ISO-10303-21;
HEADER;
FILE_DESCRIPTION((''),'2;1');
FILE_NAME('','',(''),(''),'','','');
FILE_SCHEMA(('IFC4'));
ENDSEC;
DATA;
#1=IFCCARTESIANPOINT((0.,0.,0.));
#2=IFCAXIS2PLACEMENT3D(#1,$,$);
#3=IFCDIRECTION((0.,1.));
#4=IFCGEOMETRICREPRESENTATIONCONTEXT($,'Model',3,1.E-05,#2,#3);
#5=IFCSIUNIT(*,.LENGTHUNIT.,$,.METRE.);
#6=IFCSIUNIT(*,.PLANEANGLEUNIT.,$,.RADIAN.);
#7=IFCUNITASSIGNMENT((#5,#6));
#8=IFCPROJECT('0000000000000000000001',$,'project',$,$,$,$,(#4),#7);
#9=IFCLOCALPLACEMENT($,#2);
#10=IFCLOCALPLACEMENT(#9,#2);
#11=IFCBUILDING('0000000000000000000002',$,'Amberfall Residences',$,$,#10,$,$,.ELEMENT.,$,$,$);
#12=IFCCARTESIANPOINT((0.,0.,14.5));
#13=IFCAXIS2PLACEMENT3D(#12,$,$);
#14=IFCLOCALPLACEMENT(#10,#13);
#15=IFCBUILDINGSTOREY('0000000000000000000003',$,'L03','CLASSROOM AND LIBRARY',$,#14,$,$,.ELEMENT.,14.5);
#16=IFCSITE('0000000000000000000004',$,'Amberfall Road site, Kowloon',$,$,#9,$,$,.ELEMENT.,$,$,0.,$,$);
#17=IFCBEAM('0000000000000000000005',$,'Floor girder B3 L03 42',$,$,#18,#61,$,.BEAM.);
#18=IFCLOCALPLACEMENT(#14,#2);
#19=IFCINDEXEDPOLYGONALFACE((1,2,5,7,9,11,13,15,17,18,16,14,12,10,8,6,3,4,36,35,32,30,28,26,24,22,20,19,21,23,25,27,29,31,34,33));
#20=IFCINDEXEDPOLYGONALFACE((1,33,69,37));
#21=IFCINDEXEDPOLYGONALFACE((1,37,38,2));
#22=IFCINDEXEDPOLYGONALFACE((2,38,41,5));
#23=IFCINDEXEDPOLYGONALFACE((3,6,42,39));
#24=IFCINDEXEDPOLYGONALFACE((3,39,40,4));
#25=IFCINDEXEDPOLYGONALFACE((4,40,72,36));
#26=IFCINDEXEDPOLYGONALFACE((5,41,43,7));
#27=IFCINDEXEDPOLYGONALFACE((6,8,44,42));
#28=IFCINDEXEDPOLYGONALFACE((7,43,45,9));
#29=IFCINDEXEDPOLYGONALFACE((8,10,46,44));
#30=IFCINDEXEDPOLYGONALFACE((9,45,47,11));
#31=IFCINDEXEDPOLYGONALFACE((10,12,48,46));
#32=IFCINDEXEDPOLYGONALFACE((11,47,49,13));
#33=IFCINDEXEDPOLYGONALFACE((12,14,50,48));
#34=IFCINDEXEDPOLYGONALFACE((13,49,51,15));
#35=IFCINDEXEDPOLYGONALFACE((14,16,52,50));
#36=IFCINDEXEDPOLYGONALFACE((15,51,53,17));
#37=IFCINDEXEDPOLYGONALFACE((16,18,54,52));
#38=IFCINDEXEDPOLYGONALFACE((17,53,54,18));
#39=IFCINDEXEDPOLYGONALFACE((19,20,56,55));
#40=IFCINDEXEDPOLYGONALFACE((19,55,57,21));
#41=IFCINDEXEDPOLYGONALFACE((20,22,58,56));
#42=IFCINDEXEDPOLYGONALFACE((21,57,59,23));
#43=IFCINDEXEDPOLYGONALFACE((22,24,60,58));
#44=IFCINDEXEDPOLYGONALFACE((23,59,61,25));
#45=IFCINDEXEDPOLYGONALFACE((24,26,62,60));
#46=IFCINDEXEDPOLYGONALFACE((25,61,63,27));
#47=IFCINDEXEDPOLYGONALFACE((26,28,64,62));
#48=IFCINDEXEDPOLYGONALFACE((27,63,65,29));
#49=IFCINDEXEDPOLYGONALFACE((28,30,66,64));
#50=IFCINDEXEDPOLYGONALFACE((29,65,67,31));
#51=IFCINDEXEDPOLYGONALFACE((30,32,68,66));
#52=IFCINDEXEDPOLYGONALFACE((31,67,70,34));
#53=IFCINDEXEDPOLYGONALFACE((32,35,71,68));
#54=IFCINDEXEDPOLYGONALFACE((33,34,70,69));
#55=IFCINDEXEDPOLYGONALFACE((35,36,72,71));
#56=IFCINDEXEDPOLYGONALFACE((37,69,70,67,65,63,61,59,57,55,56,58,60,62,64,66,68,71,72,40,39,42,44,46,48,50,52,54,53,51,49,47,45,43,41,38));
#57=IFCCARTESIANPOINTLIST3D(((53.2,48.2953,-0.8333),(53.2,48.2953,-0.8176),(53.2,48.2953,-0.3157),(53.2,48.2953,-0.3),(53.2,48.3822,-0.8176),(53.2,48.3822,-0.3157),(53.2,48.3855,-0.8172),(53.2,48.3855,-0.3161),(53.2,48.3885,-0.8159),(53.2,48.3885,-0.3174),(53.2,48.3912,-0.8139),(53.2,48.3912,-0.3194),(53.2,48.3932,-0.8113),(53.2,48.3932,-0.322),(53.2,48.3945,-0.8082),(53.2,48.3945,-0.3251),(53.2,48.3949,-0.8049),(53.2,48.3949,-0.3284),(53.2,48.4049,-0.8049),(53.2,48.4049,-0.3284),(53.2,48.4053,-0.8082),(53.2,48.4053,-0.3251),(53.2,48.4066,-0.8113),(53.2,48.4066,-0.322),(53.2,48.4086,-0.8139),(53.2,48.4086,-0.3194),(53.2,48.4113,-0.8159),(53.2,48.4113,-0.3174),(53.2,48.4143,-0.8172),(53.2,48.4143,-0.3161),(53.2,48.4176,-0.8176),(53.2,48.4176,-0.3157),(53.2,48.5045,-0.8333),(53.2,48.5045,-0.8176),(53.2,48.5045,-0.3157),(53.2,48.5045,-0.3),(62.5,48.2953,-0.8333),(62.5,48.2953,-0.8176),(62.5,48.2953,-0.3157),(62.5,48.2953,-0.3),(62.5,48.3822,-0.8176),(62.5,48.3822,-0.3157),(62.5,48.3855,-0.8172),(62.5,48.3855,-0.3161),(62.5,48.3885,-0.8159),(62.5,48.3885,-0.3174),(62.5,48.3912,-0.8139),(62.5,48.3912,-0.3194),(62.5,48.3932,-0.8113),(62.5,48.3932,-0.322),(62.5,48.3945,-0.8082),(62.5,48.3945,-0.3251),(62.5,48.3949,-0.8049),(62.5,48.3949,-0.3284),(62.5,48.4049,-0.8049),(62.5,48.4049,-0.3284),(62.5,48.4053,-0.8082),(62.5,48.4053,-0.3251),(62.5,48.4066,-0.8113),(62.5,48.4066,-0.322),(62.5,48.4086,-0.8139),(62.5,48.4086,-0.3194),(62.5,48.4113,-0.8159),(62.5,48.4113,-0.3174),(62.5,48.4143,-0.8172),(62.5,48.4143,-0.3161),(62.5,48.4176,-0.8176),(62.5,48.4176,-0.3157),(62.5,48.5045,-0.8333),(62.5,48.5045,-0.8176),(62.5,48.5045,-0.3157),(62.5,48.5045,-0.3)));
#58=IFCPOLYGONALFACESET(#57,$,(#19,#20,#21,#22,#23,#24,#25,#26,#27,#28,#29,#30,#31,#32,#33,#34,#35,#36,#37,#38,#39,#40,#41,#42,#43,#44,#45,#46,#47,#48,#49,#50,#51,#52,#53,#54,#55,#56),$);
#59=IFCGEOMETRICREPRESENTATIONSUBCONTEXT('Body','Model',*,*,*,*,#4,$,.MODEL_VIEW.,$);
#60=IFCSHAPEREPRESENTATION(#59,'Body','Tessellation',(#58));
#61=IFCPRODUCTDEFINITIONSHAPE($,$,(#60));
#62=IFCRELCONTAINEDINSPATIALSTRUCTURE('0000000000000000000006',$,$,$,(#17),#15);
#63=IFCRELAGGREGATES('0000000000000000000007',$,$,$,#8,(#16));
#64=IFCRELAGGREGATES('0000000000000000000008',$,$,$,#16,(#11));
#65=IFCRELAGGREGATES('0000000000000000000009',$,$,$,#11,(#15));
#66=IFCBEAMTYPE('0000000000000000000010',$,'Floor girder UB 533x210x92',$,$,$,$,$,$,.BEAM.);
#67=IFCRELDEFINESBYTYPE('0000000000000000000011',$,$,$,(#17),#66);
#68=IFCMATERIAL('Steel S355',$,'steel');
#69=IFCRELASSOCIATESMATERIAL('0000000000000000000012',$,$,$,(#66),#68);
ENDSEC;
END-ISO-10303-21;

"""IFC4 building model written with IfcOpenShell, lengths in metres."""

from ifc_helpers import new_model, si_unit, direction, frame, origin, origin_2d, place, context, subcontext, project, spatial, i_section, extrude, material, material_profile, profile_set, type_object, element, save


model = new_model("IFC4")

# Units and contexts
model_context = context("Model", 3, precision=1e-05, world=origin(), true_north=direction((0.0, 1.0)))
body_context = subcontext(model_context, "Body", "Model", "MODEL_VIEW")
ifc_project = project(units=[si_unit("LENGTHUNIT", "METRE"), si_unit("PLANEANGLEUNIT", "RADIAN")], contexts=[model_context])

# Site, building, storey
site_placement = place(None, origin())
site = spatial("IfcSite", under=ifc_project, at=site_placement, Name="Amberfall Road site, Kowloon", CompositionType="ELEMENT", RefElevation=0.0)
building_placement = place(site_placement, origin())
building = spatial("IfcBuilding", under=site, at=building_placement, Name="Amberfall Residences", CompositionType="ELEMENT")
storey_placement = place(building_placement, frame((0.0, 0.0, 14.5)))
storey = spatial("IfcBuildingStorey", under=building, at=storey_placement, Name="L03", Description="CLASSROOM AND LIBRARY", CompositionType="ELEMENT", Elevation=14.5)

# Beam
ifc_material_1 = material(Name="Steel S355", Category="steel")
ifc_material_profile = material_profile(ifc_material_1, i_section(OverallWidth=0.2092, OverallDepth=0.5332, WebThickness=0.01, FlangeThickness=0.0156, FilletRadius=0.0127, at=origin_2d()), Name="UB 533x210x92")
ifc_profile_set = profile_set([ifc_material_profile], Name="Steel S355")
beam_type = type_object("IfcBeamType", Name="Floor girder UB 533x210x92", PredefinedType="BEAM", material=ifc_profile_set)
beam_placement = place(storey_placement, frame((53.2, 48.3999, -0.5667), z_axis=(1.0, 0.0, 0.0), x_axis=(0.0, 1.0, 0.0)))
element("IfcBeam", 1, at=beam_placement, inside=storey, type_object=beam_type, Name="Floor girder B3 L03 42", PredefinedType="BEAM", context=body_context, shape_type="SweptSolid", body=[
    extrude(i_section(OverallWidth=0.2092, OverallDepth=0.5332, WebThickness=0.01, FlangeThickness=0.0156, FilletRadius=0.0127, at=origin_2d()), origin(), (0.0, 0.0, 1.0), 9.3),
])

save(model, "model.ifc")
